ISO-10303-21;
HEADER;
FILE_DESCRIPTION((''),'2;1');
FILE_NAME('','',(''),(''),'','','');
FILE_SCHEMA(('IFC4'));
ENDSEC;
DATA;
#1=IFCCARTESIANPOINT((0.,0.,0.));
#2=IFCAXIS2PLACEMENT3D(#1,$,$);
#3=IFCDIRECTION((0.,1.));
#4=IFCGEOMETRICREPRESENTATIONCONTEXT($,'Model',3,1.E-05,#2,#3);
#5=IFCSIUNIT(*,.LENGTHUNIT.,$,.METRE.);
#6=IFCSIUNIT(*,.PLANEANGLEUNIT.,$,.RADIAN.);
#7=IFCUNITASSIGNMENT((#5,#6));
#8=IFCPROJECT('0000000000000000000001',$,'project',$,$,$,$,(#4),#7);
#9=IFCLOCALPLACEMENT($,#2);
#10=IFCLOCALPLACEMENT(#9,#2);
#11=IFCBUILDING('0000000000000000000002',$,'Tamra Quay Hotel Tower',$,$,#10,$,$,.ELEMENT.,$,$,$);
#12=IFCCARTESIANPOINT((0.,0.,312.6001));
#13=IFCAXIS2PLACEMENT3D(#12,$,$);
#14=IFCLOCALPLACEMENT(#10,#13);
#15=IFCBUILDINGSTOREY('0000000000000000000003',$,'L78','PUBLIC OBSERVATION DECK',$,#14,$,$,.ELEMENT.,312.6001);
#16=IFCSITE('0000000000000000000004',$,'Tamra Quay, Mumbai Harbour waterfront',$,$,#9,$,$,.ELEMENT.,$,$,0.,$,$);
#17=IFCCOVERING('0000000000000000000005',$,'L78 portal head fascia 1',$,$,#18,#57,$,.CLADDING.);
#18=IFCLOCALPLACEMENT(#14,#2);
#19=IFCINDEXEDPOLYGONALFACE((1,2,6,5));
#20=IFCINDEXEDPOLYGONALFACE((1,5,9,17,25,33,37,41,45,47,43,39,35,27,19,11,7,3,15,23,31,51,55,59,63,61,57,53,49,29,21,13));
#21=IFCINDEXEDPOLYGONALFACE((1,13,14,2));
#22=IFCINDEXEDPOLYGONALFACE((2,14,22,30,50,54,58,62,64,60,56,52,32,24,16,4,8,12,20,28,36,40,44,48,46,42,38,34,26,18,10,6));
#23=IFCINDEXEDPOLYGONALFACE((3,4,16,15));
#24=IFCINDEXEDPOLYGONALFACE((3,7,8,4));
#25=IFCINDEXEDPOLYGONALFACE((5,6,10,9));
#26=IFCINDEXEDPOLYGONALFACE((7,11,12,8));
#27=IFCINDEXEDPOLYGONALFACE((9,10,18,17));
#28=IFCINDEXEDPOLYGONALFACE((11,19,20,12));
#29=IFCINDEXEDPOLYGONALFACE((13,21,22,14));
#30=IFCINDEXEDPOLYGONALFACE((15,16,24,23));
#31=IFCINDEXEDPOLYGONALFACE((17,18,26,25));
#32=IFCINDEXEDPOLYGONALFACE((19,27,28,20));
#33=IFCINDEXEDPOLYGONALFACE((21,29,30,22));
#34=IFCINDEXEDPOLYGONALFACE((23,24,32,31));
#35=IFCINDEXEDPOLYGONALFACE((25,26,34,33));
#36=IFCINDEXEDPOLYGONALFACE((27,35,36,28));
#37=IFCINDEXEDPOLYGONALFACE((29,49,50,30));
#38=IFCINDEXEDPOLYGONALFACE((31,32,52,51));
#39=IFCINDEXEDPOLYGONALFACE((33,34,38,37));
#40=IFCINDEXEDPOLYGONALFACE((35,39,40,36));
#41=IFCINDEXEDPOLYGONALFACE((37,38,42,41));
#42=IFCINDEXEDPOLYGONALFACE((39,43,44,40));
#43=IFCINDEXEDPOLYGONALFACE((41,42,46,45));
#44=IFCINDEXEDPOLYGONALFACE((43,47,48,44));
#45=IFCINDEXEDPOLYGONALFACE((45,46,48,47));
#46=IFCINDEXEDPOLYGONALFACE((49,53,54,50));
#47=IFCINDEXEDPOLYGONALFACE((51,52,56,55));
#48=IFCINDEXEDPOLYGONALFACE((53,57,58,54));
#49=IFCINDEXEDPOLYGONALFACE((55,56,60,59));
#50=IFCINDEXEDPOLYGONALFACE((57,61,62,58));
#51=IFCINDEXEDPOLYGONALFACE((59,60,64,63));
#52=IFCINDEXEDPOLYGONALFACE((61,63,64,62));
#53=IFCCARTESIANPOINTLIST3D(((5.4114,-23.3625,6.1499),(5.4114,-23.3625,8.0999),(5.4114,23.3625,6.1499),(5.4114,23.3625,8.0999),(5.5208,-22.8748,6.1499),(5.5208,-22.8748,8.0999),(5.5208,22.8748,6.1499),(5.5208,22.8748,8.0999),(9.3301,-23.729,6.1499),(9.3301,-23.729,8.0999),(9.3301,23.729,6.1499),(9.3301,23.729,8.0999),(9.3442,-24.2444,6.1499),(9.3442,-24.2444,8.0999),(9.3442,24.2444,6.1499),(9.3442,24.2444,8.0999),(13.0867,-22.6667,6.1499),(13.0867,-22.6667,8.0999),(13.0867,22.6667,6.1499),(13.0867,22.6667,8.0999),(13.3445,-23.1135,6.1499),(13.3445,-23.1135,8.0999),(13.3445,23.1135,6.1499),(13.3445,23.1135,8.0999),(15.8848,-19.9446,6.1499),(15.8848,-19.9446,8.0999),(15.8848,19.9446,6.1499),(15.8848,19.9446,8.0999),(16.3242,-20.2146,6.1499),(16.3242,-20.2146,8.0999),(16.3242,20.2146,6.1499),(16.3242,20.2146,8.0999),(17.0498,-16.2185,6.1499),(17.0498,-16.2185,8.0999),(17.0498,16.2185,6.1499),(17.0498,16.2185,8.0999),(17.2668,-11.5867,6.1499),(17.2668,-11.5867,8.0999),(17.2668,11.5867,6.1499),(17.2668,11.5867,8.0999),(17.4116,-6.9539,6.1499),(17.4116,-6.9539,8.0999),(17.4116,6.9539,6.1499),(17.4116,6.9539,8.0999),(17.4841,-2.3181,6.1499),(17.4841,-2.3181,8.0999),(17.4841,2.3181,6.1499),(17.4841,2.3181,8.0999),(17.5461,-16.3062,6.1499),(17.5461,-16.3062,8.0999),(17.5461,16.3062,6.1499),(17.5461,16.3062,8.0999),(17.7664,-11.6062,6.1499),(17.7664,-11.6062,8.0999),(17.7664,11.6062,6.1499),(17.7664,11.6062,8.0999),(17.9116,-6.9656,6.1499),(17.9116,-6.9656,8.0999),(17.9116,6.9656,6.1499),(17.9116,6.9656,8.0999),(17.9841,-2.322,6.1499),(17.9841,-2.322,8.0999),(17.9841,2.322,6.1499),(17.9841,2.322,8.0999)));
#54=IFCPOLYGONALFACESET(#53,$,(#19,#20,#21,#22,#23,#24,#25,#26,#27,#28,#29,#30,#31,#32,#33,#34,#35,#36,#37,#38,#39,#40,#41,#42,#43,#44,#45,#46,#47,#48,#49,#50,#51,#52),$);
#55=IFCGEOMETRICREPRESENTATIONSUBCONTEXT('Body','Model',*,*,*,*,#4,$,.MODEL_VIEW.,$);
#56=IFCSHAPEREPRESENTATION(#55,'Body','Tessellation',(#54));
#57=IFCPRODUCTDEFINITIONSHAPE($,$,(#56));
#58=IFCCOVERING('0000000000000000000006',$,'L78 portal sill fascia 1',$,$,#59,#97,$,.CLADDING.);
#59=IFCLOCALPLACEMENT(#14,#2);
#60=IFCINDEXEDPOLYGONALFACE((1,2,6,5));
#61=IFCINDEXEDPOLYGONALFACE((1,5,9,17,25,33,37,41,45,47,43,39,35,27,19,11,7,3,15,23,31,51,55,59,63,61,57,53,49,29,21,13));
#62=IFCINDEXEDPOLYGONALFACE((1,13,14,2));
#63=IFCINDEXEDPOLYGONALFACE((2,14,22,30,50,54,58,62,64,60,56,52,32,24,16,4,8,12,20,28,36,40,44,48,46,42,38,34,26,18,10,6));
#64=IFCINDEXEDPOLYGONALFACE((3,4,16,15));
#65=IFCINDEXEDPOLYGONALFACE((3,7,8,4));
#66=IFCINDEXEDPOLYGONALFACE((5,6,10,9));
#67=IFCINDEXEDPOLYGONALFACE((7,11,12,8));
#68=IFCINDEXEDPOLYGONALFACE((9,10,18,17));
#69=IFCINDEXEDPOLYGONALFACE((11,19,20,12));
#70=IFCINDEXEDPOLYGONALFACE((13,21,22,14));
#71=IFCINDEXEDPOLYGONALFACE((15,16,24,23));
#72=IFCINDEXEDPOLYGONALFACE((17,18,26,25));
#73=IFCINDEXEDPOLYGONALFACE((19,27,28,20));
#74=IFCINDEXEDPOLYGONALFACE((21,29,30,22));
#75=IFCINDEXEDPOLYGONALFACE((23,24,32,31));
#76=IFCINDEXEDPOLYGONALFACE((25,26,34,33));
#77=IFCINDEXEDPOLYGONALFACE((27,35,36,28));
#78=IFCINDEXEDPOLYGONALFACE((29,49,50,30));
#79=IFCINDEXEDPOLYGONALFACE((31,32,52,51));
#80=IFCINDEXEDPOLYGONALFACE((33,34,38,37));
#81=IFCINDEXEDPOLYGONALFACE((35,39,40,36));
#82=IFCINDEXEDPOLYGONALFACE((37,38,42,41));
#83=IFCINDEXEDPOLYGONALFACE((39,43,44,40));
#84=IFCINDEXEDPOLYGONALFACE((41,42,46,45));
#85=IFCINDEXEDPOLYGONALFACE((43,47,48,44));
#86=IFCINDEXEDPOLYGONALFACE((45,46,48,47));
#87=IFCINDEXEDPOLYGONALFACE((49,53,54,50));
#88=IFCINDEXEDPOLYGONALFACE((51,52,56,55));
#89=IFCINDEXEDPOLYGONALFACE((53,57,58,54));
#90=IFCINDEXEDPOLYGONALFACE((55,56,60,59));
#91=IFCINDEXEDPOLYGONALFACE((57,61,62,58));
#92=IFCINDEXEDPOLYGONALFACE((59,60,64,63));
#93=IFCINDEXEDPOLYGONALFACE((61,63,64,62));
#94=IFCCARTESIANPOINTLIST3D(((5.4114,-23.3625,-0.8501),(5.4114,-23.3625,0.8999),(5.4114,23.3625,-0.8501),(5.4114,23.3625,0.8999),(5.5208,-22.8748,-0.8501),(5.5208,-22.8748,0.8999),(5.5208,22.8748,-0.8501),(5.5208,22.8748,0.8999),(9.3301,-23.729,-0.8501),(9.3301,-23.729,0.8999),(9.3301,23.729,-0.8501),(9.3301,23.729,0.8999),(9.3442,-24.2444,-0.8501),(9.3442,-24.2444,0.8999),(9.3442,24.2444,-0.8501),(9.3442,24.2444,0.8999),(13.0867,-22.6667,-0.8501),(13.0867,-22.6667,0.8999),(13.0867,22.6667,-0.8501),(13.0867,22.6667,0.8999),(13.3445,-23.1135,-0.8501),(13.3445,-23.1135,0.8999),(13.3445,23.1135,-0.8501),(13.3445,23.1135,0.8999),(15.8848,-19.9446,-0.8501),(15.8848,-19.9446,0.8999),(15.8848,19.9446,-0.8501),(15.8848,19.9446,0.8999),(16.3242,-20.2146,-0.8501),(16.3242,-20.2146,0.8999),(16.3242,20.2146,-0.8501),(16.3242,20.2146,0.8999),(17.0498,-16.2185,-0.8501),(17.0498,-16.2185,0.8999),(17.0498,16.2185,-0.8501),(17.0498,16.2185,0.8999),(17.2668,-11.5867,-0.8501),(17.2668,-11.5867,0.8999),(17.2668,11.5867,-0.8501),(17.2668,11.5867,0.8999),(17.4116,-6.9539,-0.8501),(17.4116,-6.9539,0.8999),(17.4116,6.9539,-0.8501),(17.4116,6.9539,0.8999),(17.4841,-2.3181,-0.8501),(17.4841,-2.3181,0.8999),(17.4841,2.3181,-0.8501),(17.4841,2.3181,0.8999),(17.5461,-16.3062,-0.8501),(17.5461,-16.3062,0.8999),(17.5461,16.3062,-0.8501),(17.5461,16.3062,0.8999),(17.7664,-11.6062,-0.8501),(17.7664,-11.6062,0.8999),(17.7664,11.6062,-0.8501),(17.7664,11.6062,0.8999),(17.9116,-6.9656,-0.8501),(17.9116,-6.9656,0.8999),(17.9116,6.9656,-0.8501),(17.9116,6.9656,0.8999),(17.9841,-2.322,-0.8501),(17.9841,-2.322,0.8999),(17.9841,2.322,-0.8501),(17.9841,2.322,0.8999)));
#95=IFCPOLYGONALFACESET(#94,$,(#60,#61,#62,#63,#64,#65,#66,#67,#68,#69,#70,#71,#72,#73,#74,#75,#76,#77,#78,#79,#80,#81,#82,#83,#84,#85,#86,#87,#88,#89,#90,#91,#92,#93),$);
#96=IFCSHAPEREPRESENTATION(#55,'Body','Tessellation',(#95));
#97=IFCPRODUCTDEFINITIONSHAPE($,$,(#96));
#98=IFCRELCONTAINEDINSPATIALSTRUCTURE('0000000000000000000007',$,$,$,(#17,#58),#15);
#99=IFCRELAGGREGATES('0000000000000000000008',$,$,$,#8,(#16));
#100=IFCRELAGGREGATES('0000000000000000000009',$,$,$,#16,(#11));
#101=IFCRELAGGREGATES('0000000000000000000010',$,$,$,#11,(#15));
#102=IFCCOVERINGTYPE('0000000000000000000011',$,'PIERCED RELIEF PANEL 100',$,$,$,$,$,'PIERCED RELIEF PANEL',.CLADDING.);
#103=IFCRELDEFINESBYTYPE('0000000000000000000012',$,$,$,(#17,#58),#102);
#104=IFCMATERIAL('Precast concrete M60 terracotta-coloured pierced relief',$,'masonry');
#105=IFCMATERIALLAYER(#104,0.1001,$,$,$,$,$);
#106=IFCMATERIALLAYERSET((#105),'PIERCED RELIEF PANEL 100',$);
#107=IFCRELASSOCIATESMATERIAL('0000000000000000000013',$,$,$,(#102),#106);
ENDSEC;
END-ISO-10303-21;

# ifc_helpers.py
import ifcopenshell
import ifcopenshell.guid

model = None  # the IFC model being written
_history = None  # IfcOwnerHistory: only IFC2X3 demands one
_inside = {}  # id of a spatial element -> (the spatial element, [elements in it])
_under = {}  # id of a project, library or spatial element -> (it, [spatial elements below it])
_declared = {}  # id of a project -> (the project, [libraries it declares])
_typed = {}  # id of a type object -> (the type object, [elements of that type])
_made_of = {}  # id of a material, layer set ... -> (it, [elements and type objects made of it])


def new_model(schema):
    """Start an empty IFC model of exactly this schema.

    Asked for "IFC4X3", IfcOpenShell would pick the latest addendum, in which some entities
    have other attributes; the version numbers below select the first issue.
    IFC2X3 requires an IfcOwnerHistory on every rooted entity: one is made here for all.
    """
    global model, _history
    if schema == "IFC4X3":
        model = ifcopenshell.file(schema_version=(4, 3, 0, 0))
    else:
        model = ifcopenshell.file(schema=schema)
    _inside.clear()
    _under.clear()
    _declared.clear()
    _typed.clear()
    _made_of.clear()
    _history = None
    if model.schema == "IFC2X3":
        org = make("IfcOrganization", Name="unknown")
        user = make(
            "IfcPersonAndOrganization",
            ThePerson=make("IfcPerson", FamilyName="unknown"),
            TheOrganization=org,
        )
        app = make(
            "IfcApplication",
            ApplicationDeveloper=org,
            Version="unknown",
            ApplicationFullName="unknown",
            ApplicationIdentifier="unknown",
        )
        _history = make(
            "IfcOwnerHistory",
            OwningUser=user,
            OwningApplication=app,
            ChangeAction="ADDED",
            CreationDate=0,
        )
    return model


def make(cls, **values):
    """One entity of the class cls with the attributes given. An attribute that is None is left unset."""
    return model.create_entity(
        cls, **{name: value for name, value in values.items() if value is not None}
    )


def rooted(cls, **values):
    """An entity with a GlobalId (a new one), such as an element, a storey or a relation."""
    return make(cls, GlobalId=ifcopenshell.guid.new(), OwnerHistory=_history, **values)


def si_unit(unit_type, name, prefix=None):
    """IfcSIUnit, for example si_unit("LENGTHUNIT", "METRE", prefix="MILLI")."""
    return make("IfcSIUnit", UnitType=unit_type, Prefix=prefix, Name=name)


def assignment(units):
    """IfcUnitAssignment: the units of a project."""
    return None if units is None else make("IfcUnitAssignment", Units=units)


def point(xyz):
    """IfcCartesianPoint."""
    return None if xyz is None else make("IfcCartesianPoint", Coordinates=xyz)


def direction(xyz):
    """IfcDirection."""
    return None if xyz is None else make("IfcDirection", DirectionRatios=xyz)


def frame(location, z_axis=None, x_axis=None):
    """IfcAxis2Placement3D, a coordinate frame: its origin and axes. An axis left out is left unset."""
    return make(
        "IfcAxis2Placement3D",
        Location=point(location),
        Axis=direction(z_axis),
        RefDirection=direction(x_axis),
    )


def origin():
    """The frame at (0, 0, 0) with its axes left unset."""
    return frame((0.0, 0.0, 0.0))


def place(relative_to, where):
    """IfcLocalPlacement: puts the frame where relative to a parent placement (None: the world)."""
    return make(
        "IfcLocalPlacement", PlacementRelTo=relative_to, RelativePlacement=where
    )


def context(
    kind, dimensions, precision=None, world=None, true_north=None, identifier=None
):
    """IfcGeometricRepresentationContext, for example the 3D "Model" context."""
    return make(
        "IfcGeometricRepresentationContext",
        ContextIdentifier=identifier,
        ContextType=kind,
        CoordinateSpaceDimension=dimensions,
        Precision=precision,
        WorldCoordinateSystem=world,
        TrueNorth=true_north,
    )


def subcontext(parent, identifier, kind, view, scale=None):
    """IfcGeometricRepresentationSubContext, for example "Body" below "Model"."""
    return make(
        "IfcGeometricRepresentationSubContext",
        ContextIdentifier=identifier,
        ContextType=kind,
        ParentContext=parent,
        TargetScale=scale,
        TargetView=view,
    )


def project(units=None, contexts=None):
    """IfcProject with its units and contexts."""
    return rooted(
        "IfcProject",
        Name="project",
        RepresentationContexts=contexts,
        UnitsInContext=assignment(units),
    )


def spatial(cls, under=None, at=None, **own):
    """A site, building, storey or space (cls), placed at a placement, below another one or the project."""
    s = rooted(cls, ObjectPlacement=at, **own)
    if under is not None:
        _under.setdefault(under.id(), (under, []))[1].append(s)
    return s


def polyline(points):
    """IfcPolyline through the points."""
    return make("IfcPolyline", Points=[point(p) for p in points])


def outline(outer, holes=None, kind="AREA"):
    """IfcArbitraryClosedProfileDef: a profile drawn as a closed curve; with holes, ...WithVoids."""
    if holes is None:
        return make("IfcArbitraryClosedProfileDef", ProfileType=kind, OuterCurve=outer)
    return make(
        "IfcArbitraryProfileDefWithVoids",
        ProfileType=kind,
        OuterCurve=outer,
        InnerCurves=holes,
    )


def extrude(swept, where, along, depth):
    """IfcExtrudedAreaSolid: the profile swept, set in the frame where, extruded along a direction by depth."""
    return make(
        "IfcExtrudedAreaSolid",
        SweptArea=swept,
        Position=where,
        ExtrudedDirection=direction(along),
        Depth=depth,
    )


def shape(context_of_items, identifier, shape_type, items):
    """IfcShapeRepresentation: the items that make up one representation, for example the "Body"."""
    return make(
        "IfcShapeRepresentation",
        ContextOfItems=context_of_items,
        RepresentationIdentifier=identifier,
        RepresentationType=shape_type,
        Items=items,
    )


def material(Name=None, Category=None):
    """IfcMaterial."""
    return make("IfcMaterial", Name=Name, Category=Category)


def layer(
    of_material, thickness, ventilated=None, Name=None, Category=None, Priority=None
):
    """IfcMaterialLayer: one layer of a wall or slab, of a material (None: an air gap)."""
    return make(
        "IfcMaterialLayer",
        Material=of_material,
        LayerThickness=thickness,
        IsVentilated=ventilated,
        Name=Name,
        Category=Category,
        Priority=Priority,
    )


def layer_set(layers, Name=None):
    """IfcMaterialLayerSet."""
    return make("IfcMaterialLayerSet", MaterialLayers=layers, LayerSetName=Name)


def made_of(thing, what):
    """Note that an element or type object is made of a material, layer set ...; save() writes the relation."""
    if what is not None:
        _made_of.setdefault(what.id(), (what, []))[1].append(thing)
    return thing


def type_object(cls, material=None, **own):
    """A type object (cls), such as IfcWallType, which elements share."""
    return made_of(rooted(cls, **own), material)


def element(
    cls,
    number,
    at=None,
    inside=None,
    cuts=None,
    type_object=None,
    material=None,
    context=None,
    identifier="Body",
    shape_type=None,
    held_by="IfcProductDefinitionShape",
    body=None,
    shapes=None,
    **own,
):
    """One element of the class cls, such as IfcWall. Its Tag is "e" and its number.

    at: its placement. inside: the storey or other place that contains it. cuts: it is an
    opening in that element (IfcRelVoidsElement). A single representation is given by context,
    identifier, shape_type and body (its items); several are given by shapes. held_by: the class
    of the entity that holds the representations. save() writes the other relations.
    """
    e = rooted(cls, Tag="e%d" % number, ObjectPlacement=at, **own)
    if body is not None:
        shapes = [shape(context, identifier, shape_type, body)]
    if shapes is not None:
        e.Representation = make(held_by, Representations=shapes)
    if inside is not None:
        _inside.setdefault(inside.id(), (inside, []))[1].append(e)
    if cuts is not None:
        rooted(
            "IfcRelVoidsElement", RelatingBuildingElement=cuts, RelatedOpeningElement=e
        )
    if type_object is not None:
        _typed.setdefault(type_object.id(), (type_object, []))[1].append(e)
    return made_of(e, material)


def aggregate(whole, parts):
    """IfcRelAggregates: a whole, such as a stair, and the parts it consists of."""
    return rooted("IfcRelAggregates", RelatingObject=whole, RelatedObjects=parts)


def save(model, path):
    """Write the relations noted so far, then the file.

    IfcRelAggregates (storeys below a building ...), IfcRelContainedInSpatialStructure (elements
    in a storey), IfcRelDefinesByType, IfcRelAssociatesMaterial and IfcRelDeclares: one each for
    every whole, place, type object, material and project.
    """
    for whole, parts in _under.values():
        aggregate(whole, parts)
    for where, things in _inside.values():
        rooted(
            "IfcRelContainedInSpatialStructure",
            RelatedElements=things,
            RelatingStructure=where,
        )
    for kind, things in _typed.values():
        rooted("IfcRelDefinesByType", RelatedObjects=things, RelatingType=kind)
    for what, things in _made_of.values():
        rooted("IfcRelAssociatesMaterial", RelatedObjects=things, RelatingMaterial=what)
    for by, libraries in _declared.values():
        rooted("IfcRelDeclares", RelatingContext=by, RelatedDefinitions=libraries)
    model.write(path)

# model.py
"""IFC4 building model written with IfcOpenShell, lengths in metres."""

from ifc_helpers import new_model, si_unit, direction, frame, origin, place, context, subcontext, project, spatial, polyline, outline, extrude, material, layer, layer_set, type_object, element, save


model = new_model("IFC4")

# Units and contexts
model_context = context("Model", 3, precision=1e-05, world=origin(), true_north=direction((0.0, 1.0)))
body_context = subcontext(model_context, "Body", "Model", "MODEL_VIEW")
ifc_project = project(units=[si_unit("LENGTHUNIT", "METRE"), si_unit("PLANEANGLEUNIT", "RADIAN")], contexts=[model_context])

# Site, building, storey
site_placement = place(None, origin())
site = spatial("IfcSite", under=ifc_project, at=site_placement, Name="Tamra Quay, Mumbai Harbour waterfront", CompositionType="ELEMENT", RefElevation=0.0)
building_placement = place(site_placement, origin())
building = spatial("IfcBuilding", under=site, at=building_placement, Name="Tamra Quay Hotel Tower", CompositionType="ELEMENT")
storey_placement = place(building_placement, frame((0.0, 0.0, 312.6001)))
storey = spatial("IfcBuildingStorey", under=building, at=storey_placement, Name="L78", Description="PUBLIC OBSERVATION DECK", CompositionType="ELEMENT", Elevation=312.6001)

# Coverings
ifc_material_1 = material(Name="Precast concrete M60 terracotta-coloured pierced relief", Category="masonry")
ifc_layer_1 = layer(ifc_material_1, 0.1001)
ifc_layer_set_1 = layer_set([ifc_layer_1], Name="PIERCED RELIEF PANEL 100")
covering_type = type_object("IfcCoveringType", Name="PIERCED RELIEF PANEL 100", ElementType="PIERCED RELIEF PANEL", PredefinedType="CLADDING", material=ifc_layer_set_1)
covering_1_placement = place(storey_placement, frame((0.0, 0.0, 6.1499)))
element("IfcCovering", 1, at=covering_1_placement, inside=storey, type_object=covering_type, Name="L78 portal head fascia 1", PredefinedType="CLADDING", context=body_context, shape_type="SweptSolid", body=[
    extrude(outline(polyline([(5.5208, -22.8748), (5.4114, -23.3625), (9.3442, -24.2444), (13.3445, -23.1135), (16.3242, -20.2146), (17.5461, -16.3062), (17.7664, -11.6062), (17.9116, -6.9656), (17.9841, -2.322), (17.9841, 2.322), (17.9116, 6.9656), (17.7664, 11.6062), (17.5461, 16.3062), (16.3242, 20.2146), (13.3445, 23.1135), (9.3442, 24.2444), (5.4114, 23.3625), (5.5208, 22.8748), (9.3301, 23.729), (13.0867, 22.6667), (15.8848, 19.9446), (17.0498, 16.2185), (17.2668, 11.5867), (17.4116, 6.9539), (17.4841, 2.3181), (17.4841, -2.3181), (17.4116, -6.9539), (17.2668, -11.5867), (17.0498, -16.2185), (15.8848, -19.9446), (13.0867, -22.6667), (9.3301, -23.729), (5.5208, -22.8748)])), origin(), (0.0, 0.0, 1.0), 1.95),
])
covering_2_placement = place(storey_placement, frame((0.0, 0.0, -0.8501)))
element("IfcCovering", 2, at=covering_2_placement, inside=storey, type_object=covering_type, Name="L78 portal sill fascia 1", PredefinedType="CLADDING", context=body_context, shape_type="SweptSolid", body=[
    extrude(outline(polyline([(5.5208, -22.8748), (5.4114, -23.3625), (9.3442, -24.2444), (13.3445, -23.1135), (16.3242, -20.2146), (17.5461, -16.3062), (17.7664, -11.6062), (17.9116, -6.9656), (17.9841, -2.322), (17.9841, 2.322), (17.9116, 6.9656), (17.7664, 11.6062), (17.5461, 16.3062), (16.3242, 20.2146), (13.3445, 23.1135), (9.3442, 24.2444), (5.4114, 23.3625), (5.5208, 22.8748), (9.3301, 23.729), (13.0867, 22.6667), (15.8848, 19.9446), (17.0498, 16.2185), (17.2668, 11.5867), (17.4116, 6.9539), (17.4841, 2.3181), (17.4841, -2.3181), (17.4116, -6.9539), (17.2668, -11.5867), (17.0498, -16.2185), (15.8848, -19.9446), (13.0867, -22.6667), (9.3301, -23.729), (5.5208, -22.8748)])), origin(), (0.0, 0.0, 1.0), 1.75),
])

save(model, "model.ifc")
